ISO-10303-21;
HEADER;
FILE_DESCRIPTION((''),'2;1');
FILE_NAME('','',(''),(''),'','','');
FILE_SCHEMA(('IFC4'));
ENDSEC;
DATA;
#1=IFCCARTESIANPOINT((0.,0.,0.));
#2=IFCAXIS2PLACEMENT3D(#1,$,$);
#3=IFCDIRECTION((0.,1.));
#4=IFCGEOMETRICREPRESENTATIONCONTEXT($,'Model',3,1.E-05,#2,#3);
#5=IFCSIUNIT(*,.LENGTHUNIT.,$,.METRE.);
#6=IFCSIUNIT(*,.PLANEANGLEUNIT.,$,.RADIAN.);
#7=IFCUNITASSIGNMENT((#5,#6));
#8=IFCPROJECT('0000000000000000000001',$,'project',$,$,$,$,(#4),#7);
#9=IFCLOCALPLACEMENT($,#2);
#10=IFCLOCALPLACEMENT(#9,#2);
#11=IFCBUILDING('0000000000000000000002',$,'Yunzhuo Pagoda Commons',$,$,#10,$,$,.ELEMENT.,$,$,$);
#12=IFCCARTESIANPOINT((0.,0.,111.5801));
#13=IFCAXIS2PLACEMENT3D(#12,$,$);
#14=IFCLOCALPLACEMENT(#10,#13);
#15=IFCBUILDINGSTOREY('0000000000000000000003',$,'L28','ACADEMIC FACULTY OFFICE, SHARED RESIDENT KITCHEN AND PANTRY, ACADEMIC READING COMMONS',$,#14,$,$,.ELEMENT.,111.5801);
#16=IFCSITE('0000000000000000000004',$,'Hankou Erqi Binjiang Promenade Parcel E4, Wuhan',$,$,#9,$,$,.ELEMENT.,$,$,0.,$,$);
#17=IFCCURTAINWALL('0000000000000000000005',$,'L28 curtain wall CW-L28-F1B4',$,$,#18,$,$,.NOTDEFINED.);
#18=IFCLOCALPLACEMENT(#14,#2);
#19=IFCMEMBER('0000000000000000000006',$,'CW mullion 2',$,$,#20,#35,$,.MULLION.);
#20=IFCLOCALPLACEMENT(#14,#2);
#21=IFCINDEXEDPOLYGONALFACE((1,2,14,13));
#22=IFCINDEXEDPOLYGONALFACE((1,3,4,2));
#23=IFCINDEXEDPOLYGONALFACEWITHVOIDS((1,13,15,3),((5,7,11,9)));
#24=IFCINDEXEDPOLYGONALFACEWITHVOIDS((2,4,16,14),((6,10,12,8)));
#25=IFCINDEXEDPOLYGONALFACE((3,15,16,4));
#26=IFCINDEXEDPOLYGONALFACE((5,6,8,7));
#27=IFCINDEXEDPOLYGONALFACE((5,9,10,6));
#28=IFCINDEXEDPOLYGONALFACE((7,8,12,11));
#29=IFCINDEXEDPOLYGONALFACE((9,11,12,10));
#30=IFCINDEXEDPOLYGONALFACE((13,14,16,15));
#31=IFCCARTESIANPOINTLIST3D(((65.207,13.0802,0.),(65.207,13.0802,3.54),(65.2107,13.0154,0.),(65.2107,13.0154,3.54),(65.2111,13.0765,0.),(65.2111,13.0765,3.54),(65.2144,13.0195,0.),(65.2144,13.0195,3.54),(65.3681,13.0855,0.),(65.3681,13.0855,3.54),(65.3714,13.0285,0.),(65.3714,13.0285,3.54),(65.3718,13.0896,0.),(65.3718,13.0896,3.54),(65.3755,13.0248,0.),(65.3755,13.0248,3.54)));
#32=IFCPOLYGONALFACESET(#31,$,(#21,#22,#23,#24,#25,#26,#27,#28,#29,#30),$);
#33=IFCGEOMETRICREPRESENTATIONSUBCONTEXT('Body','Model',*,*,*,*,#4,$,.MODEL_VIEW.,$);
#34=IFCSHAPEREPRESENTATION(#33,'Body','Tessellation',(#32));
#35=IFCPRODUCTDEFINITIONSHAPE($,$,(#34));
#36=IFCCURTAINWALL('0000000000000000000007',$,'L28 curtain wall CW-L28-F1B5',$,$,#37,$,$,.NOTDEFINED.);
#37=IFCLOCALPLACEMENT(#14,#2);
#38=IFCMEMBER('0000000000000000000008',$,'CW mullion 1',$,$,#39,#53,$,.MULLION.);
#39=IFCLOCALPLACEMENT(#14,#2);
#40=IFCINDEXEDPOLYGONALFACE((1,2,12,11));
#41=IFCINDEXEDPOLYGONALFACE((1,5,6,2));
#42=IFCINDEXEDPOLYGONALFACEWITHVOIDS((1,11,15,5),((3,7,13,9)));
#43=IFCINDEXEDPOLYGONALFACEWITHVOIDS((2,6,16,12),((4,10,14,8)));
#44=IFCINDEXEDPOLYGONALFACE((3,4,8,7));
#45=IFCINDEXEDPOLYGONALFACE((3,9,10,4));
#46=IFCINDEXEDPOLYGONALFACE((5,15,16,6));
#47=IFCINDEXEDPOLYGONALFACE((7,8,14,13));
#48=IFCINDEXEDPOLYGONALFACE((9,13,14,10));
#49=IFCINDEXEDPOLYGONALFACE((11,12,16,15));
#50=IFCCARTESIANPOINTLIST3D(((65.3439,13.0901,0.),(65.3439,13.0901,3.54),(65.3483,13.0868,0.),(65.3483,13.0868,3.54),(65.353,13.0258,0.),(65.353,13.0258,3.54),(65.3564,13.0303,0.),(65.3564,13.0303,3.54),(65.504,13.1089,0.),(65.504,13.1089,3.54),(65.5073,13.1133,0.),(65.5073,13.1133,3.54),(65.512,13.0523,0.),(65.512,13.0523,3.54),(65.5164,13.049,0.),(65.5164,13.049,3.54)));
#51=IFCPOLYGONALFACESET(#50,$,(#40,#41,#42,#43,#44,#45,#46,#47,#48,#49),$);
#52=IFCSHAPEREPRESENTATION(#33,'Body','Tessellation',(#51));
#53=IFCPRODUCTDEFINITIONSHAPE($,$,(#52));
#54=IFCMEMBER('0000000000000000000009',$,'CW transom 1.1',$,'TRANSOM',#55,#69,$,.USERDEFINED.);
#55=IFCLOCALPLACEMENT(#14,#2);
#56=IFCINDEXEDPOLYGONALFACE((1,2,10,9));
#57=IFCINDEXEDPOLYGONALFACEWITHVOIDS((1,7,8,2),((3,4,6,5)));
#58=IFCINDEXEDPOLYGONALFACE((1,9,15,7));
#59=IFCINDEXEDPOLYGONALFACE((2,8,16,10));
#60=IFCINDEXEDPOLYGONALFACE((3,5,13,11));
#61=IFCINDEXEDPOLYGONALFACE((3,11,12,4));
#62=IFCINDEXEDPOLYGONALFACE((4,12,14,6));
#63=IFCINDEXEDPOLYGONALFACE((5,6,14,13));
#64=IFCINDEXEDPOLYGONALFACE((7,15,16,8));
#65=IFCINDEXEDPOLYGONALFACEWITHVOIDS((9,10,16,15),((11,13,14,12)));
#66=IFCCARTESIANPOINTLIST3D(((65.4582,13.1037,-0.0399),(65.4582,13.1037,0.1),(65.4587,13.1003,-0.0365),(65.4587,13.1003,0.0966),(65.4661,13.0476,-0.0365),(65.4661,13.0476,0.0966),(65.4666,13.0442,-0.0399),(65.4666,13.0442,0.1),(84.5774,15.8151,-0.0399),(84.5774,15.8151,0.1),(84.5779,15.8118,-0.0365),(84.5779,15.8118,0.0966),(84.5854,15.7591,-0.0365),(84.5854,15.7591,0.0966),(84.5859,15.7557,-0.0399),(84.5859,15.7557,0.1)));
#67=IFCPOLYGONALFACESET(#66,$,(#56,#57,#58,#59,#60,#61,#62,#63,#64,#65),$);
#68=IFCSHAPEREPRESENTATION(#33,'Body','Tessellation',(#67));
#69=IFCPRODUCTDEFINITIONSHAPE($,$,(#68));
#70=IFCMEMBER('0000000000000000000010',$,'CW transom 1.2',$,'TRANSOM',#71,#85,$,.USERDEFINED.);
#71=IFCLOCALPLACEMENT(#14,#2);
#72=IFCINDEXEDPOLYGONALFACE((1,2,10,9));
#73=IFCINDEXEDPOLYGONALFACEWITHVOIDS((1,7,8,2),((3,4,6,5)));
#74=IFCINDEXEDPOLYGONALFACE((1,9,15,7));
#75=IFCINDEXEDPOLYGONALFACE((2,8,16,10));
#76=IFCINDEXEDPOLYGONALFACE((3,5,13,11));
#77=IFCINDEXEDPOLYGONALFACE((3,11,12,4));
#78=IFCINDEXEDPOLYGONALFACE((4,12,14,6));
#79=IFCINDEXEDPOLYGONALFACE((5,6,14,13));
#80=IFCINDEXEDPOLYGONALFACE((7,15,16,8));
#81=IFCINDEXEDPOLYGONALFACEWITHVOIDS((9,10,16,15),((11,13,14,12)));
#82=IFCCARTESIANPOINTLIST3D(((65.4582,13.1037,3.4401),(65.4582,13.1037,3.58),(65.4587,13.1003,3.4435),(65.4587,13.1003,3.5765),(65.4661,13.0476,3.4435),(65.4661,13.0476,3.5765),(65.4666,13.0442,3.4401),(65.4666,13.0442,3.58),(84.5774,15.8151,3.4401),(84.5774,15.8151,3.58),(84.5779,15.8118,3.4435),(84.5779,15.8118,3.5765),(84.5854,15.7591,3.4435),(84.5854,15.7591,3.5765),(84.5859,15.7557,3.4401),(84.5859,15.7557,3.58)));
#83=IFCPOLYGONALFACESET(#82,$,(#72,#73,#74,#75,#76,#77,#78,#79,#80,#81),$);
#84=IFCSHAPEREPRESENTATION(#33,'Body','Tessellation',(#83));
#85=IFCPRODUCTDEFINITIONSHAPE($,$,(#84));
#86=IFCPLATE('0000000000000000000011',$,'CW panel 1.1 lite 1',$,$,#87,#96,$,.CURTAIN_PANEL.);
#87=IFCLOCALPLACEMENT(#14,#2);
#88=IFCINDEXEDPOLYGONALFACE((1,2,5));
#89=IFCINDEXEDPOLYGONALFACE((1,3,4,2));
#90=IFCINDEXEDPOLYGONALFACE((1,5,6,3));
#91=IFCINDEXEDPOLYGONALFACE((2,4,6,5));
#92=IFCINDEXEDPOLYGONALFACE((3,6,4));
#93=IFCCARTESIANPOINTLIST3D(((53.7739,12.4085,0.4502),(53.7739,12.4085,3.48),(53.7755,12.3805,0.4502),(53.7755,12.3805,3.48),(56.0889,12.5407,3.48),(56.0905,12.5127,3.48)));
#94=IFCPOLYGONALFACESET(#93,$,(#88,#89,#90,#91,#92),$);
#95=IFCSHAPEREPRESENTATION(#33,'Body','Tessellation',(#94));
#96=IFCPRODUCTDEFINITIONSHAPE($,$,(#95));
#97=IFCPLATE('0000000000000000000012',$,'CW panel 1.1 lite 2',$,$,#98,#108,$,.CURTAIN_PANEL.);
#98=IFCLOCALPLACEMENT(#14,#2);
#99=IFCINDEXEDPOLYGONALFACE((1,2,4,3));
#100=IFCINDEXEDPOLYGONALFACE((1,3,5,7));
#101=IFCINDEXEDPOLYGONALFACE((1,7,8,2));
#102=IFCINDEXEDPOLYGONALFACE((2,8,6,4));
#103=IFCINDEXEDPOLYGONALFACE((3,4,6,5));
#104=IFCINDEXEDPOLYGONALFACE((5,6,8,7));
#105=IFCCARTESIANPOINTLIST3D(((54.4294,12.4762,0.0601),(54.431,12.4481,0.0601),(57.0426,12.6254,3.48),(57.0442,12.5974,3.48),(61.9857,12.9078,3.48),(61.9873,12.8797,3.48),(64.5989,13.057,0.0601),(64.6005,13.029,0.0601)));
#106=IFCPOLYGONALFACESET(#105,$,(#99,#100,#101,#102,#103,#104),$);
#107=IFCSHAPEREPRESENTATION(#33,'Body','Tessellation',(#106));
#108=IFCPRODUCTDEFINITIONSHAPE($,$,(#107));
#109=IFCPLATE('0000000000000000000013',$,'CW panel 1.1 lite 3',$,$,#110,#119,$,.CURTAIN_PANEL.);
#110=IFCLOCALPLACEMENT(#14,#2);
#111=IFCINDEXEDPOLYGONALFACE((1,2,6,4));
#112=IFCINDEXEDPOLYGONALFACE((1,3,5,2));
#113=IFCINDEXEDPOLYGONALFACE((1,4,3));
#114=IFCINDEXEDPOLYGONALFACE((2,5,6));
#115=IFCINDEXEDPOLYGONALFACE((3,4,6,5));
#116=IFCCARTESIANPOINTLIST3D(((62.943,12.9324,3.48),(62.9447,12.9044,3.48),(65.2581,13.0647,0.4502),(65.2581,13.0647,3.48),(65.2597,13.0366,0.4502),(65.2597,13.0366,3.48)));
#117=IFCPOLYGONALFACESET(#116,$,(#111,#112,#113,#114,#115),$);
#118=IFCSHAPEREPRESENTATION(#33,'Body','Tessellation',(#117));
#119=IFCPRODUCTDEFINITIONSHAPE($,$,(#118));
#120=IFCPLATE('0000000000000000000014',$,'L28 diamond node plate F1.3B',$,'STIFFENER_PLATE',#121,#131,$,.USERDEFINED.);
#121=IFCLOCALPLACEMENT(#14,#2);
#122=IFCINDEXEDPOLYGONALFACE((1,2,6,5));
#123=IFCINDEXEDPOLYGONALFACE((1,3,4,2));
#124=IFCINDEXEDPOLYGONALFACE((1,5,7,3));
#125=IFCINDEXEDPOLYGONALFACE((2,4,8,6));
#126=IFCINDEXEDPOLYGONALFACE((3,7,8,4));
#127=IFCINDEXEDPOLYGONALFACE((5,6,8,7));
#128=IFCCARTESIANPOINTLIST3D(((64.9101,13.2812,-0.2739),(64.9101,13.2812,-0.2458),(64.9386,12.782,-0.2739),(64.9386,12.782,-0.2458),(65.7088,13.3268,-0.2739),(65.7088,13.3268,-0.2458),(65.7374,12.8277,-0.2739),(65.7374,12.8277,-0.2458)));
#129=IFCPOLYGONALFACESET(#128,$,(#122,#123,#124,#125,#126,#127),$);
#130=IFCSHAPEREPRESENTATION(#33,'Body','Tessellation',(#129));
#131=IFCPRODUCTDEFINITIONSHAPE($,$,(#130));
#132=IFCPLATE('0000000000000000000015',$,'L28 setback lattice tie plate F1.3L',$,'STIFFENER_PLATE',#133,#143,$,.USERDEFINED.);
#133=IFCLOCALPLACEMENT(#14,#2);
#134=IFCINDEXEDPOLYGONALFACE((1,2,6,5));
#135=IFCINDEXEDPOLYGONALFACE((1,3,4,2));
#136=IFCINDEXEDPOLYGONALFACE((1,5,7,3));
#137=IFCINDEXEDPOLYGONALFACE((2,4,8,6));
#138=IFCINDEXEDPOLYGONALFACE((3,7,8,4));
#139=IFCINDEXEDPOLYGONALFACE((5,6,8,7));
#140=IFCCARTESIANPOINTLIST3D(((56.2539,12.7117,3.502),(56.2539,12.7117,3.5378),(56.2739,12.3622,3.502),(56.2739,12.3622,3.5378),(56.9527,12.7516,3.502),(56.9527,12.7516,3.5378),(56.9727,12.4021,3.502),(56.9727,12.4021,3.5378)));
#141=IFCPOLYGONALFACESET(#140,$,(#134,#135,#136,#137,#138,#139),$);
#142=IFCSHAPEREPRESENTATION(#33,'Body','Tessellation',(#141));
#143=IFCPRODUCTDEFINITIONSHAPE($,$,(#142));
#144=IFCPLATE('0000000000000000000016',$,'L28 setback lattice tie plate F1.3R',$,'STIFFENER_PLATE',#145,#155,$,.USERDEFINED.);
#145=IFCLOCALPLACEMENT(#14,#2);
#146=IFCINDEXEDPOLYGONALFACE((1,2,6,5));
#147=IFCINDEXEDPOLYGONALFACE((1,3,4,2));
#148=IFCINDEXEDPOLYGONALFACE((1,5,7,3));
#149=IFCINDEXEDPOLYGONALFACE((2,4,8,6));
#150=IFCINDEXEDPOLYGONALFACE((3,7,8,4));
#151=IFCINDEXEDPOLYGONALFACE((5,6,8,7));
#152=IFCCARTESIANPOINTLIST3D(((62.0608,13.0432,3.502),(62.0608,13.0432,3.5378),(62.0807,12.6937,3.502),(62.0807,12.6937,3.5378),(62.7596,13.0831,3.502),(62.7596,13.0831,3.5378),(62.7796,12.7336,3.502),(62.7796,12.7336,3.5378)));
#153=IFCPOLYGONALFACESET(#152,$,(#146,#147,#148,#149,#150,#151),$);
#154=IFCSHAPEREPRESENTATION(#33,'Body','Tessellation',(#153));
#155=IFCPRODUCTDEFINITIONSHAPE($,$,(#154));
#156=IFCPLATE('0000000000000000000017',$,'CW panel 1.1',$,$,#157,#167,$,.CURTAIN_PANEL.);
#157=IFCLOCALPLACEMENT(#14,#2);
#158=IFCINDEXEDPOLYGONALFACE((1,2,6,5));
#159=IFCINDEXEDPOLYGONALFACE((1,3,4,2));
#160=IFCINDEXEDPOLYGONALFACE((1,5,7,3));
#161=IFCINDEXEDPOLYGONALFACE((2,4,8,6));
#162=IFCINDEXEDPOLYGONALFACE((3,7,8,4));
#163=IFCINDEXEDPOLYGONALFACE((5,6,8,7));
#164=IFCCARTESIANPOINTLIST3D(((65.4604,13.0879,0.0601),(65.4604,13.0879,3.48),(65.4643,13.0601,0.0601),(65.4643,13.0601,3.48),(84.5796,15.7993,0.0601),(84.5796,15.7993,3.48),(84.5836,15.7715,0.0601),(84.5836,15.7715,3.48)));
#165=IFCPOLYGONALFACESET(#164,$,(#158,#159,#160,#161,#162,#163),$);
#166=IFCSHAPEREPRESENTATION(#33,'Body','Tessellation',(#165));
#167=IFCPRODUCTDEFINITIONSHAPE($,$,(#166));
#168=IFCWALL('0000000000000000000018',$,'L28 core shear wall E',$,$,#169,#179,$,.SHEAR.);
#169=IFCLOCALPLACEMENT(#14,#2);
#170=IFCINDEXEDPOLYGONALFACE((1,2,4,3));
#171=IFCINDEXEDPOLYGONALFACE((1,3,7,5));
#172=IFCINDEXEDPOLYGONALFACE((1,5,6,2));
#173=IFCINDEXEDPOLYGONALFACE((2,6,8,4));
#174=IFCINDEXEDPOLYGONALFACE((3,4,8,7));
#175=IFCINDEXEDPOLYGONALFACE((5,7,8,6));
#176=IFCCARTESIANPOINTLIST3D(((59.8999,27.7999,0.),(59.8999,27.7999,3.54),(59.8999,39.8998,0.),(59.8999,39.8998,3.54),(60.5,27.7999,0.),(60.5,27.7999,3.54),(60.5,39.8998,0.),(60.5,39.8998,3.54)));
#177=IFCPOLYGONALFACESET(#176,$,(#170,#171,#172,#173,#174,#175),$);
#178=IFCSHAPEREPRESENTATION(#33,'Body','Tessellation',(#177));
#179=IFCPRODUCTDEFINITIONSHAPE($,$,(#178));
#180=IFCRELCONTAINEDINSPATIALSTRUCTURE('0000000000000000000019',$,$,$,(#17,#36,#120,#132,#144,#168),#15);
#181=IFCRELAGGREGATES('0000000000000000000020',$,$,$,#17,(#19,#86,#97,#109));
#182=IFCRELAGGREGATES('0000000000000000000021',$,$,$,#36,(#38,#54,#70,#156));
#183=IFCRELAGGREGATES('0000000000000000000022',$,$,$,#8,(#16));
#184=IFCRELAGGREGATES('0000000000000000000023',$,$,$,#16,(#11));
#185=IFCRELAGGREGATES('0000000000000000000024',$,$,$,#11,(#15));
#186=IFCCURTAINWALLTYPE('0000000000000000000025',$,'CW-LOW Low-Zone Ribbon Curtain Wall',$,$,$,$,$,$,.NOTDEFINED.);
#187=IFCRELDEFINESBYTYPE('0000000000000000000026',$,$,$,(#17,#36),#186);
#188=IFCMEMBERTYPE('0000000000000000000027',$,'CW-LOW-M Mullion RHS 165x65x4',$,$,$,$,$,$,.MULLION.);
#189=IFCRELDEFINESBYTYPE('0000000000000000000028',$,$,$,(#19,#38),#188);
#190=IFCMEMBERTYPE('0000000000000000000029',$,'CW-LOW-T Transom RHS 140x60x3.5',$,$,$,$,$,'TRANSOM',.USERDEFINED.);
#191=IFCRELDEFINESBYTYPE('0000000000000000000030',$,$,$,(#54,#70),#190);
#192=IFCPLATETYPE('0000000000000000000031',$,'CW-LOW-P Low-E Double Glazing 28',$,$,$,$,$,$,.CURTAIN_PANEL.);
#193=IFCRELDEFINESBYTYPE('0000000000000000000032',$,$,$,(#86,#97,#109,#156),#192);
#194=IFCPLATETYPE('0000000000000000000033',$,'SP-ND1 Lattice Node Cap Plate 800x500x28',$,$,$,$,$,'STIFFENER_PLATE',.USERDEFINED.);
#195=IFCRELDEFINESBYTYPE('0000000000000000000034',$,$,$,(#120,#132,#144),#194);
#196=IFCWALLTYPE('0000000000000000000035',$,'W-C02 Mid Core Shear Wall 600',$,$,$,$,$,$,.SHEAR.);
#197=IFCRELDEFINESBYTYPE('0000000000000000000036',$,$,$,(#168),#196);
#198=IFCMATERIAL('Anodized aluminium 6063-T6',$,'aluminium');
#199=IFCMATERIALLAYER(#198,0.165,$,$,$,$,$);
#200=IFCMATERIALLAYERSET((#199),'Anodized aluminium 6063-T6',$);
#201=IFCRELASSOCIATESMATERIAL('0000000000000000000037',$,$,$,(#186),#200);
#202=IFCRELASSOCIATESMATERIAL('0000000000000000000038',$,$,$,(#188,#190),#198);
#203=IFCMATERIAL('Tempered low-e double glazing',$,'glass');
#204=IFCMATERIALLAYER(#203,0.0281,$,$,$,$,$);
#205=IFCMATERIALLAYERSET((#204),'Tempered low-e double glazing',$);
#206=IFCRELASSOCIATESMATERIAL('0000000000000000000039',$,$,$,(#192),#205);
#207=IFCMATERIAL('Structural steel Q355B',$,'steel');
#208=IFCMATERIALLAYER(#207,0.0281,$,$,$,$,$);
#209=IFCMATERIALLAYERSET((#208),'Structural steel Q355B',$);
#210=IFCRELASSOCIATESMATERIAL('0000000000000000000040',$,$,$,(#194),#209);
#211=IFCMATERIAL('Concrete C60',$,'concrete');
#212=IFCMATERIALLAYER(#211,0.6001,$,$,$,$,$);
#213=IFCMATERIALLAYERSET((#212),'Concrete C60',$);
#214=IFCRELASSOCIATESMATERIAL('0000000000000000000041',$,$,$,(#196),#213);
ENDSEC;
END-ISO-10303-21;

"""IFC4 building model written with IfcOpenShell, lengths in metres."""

from ifc_helpers import new_model, si_unit, direction, frame, frame_2d, origin, origin_2d, place, context, subcontext, project, spatial, polyline, rectangle, hollow_rectangle, outline, extrude, source, transform, mapped, material, layer, layer_set, material_profile, profile_set, type_object, element, aggregate, save


model = new_model("IFC4")

# Units and contexts
model_context = context("Model", 3, precision=1e-05, world=origin(), true_north=direction((0.0, 1.0)))
body_context = subcontext(model_context, "Body", "Model", "MODEL_VIEW")
ifc_project = project(units=[si_unit("LENGTHUNIT", "METRE"), si_unit("PLANEANGLEUNIT", "RADIAN")], contexts=[model_context])

# Site, building, storey
site_placement = place(None, origin())
site = spatial("IfcSite", under=ifc_project, at=site_placement, Name="Hankou Erqi Binjiang Promenade Parcel E4, Wuhan", CompositionType="ELEMENT", RefElevation=0.0)
building_placement = place(site_placement, origin())
building = spatial("IfcBuilding", under=site, at=building_placement, Name="Yunzhuo Pagoda Commons", CompositionType="ELEMENT")
storey_placement = place(building_placement, frame((0.0, 0.0, 111.5801)))
storey = spatial("IfcBuildingStorey", under=building, at=storey_placement, Name="L28", Description="ACADEMIC FACULTY OFFICE, SHARED RESIDENT KITCHEN AND PANTRY, ACADEMIC READING COMMONS", CompositionType="ELEMENT", Elevation=111.5801)

# Shared definitions
ifc_material_1 = material(Name="Structural steel Q355B", Category="steel")

# Curtain wall, member
ifc_material_2 = material(Name="Anodized aluminium 6063-T6", Category="aluminium")
ifc_layer_1 = layer(ifc_material_2, 0.165)
ifc_layer_set_1 = layer_set([ifc_layer_1], Name="Anodized aluminium 6063-T6")
curtain_wall_type = type_object("IfcCurtainWallType", Name="CW-LOW Low-Zone Ribbon Curtain Wall", PredefinedType="NOTDEFINED", material=ifc_layer_set_1)
curtain_wall_1_placement = place(storey_placement, origin())
curtain_wall_1 = element("IfcCurtainWall", 1, at=curtain_wall_1_placement, inside=storey, type_object=curtain_wall_type, Name="L28 curtain wall CW-L28-F1B4", PredefinedType="NOTDEFINED")
ifc_material_profile_1 = material_profile(ifc_material_2, hollow_rectangle(XDim=0.0649, YDim=0.165, WallThickness=0.0039, at=origin_2d()), Name="Anodized aluminium 6063-T6")
ifc_profile_set_1 = profile_set([ifc_material_profile_1], Name="Anodized aluminium 6063-T6")
member_type_1 = type_object("IfcMemberType", Name="CW-LOW-M Mullion RHS 165x65x4", PredefinedType="MULLION", material=ifc_profile_set_1)
shared_shape_1 = source(origin(), body_context, "Body", "SweptSolid", [
    extrude(hollow_rectangle(XDim=0.0649, YDim=0.165, WallThickness=0.0039, at=origin_2d()), origin(), (0.0, 0.0, 1.0), 3.54),
])
member_1_placement = place(storey_placement, frame((65.2913, 13.0525, 0.0), z_axis=(0.0, 0.0, 1.0), x_axis=(-0.057028, 0.998373, 0.0)))
member_1 = element("IfcMember", 2, at=member_1_placement, type_object=member_type_1, Name="CW mullion 2", PredefinedType="MULLION", context=body_context, shape_type="MappedRepresentation", body=[
    mapped(shared_shape_1, transform((0.0, 0.0, 0.0), scale=1.0)),
])

# Curtain wall, members
curtain_wall_2_placement = place(storey_placement, origin())
curtain_wall_2 = element("IfcCurtainWall", 3, at=curtain_wall_2_placement, inside=storey, type_object=curtain_wall_type, Name="L28 curtain wall CW-L28-F1B5", PredefinedType="NOTDEFINED")
member_2_placement = place(storey_placement, frame((65.4302, 13.0696, 0.0), z_axis=(0.0, 0.0, 1.0), x_axis=(-0.140408, 0.990094, 0.0)))
member_2 = element("IfcMember", 4, at=member_2_placement, type_object=member_type_1, Name="CW mullion 1", PredefinedType="MULLION", context=body_context, shape_type="MappedRepresentation", body=[
    mapped(shared_shape_1, transform((0.0, 0.0, 0.0), scale=1.0)),
])
ifc_material_profile_2 = material_profile(ifc_material_2, hollow_rectangle(XDim=0.0601, YDim=0.1399, WallThickness=0.0034, at=origin_2d()), Name="Anodized aluminium 6063-T6")
ifc_profile_set_2 = profile_set([ifc_material_profile_2], Name="Anodized aluminium 6063-T6")
member_type_2 = type_object("IfcMemberType", Name="CW-LOW-T Transom RHS 140x60x3.5", ElementType="TRANSOM", PredefinedType="USERDEFINED", material=ifc_profile_set_2)
shared_shape_2 = source(origin(), body_context, "Body", "SweptSolid", [
    extrude(hollow_rectangle(XDim=0.0601, YDim=0.1399, WallThickness=0.0034, at=origin_2d()), origin(), (0.0, 0.0, 1.0), 19.3105),
])
member_3_placement = place(storey_placement, frame((65.4624, 13.074, 0.03), z_axis=(0.990093, 0.140412, 0.0), x_axis=(-0.140412, 0.990093, 0.0)))
member_3 = element("IfcMember", 5, at=member_3_placement, type_object=member_type_2, Name="CW transom 1.1", ObjectType="TRANSOM", PredefinedType="USERDEFINED", context=body_context, shape_type="MappedRepresentation", body=[
    mapped(shared_shape_2, transform((0.0, 0.0, 0.0), scale=1.0)),
])
member_4_placement = place(storey_placement, frame((65.4624, 13.074, 3.51), z_axis=(0.990093, 0.140412, 0.0), x_axis=(-0.140412, 0.990093, 0.0)))
member_4 = element("IfcMember", 6, at=member_4_placement, type_object=member_type_2, Name="CW transom 1.2", ObjectType="TRANSOM", PredefinedType="USERDEFINED", context=body_context, shape_type="MappedRepresentation", body=[
    mapped(shared_shape_2, transform((0.0, 0.0, 0.0), scale=1.0)),
])

# Plates
ifc_material_3 = material(Name="Tempered low-e double glazing", Category="glass")
ifc_layer_2 = layer(ifc_material_3, 0.0281)
ifc_layer_set_2 = layer_set([ifc_layer_2], Name="Tempered low-e double glazing")
plate_type_1 = type_object("IfcPlateType", Name="CW-LOW-P Low-E Double Glazing 28", PredefinedType="CURTAIN_PANEL", material=ifc_layer_set_2)
plate_1_placement = place(storey_placement, frame((54.9314, 12.4746, 1.9651), z_axis=(0.057028, -0.998373, 0.0), x_axis=(0.998373, 0.057028, 0.0)))
plate_1 = element("IfcPlate", 7, at=plate_1_placement, type_object=plate_type_1, Name="CW panel 1.1 lite 1", PredefinedType="CURTAIN_PANEL", context=body_context, shape_type="SweptSolid", body=[
    extrude(outline(polyline([(-1.1594, -1.5149), (1.1594, 1.5149), (-1.1594, 1.5149), (-1.1594, -1.5149)])), origin(), (0.0, 0.0, 1.0), 0.0281),
])
plate_2_placement = place(storey_placement, frame((59.5142, 12.7666, 1.77), z_axis=(0.057028, -0.998373, 0.0), x_axis=(0.998373, 0.057028, 0.0)))
plate_2 = element("IfcPlate", 8, at=plate_2_placement, type_object=plate_type_1, Name="CW panel 1.1 lite 2", PredefinedType="CURTAIN_PANEL", context=body_context, shape_type="SweptSolid", body=[
    extrude(outline(polyline([(-5.093, -1.71), (5.093, -1.71), (2.4756, 1.71), (-2.4756, 1.71), (-5.093, -1.71)])), origin(), (0.0, 0.0, 1.0), 0.0281),
])
plate_3_placement = place(storey_placement, frame((64.1006, 12.9985, 1.9651), z_axis=(0.057028, -0.998373, 0.0), x_axis=(0.998373, 0.057028, 0.0)))
plate_3 = element("IfcPlate", 9, at=plate_3_placement, type_object=plate_type_1, Name="CW panel 1.1 lite 3", PredefinedType="CURTAIN_PANEL", context=body_context, shape_type="SweptSolid", body=[
    extrude(outline(polyline([(-1.1594, 1.5149), (1.1594, -1.5149), (1.1594, 1.5149), (-1.1594, 1.5149)])), origin(), (0.0, 0.0, 1.0), 0.0281),
])
aggregate(curtain_wall_1, [member_1, plate_1, plate_2, plate_3])

# Plates
ifc_layer_3 = layer(ifc_material_1, 0.0281)
ifc_layer_set_3 = layer_set([ifc_layer_3], Name="Structural steel Q355B")
plate_type_2 = type_object("IfcPlateType", Name="SP-ND1 Lattice Node Cap Plate 800x500x28", ElementType="STIFFENER_PLATE", PredefinedType="USERDEFINED", material=ifc_layer_set_3)
shared_shape_3 = source(origin(), body_context, "Body", "SweptSolid", [
    extrude(rectangle(XDim=0.8, YDim=0.5, at=origin_2d()), origin(), (0.0, 0.0, 1.0), 0.0281),
])
plate_4_placement = place(storey_placement, frame((65.3237, 13.0544, -0.2739), z_axis=(0.0, 0.0, 1.0), x_axis=(0.998373, 0.057024, 0.0)))
element("IfcPlate", 10, at=plate_4_placement, inside=storey, type_object=plate_type_2, Name="L28 diamond node plate F1.3B", ObjectType="STIFFENER_PLATE", PredefinedType="USERDEFINED", context=body_context, shape_type="MappedRepresentation", body=[
    mapped(shared_shape_3, transform((0.0, 0.0, 0.0), scale=1.0)),
])
shared_shape_4 = source(origin(), body_context, "Body", "SweptSolid", [
    extrude(rectangle(XDim=0.7, YDim=0.3501, at=origin_2d()), origin(), (0.0, 0.0, 1.0), 0.0359),
])
for number, where, z_axis, x_axis, name in (
    (11, (56.6133, 12.5569, 3.502), (0.0, 0.0, 1.0), (0.998373, 0.057024, 0.0), "L28 setback lattice tie plate F1.3L"),
    (12, (62.4202, 12.8884, 3.502), (0.0, 0.0, 1.0), (0.998373, 0.057024, 0.0), "L28 setback lattice tie plate F1.3R"),
):
    element("IfcPlate", number, at=place(storey_placement, frame(where, z_axis=z_axis, x_axis=x_axis)), inside=storey, type_object=plate_type_2, Name=name, ObjectType="STIFFENER_PLATE", PredefinedType="USERDEFINED", context=body_context, shape_type="MappedRepresentation", body=[
        mapped(shared_shape_4, transform((0.0, 0.0, 0.0), scale=1.0)),
    ])

# Plate
shared_shape_5 = source(origin(), body_context, "Body", "SweptSolid", [
    extrude(rectangle(XDim=19.3105, YDim=0.0281, at=origin_2d()), origin(), (0.0, 0.0, 1.0), 3.4199),
])
plate_5_placement = place(storey_placement, frame((75.022, 14.4297, 0.0601), z_axis=(0.0, 0.0, 1.0), x_axis=(0.990094, 0.140408, 0.0)))
plate_5 = element("IfcPlate", 13, at=plate_5_placement, type_object=plate_type_1, Name="CW panel 1.1", PredefinedType="CURTAIN_PANEL", context=body_context, shape_type="MappedRepresentation", body=[
    mapped(shared_shape_5, transform((0.0, 0.0, 0.0), scale=1.0)),
])
aggregate(curtain_wall_2, [member_2, member_3, member_4, plate_5])

# Wall
ifc_material_4 = material(Name="Concrete C60", Category="concrete")
ifc_layer_4 = layer(ifc_material_4, 0.6001)
ifc_layer_set_4 = layer_set([ifc_layer_4], Name="Concrete C60")
wall_type_1 = type_object("IfcWallType", Name="W-C02 Mid Core Shear Wall 600", PredefinedType="SHEAR", material=ifc_layer_set_4)
wall_1_placement = place(storey_placement, frame((60.2, 27.8, 0.0), z_axis=(0.0, 0.0, 1.0), x_axis=(0.0, 1.0, 0.0)))
element("IfcWall", 14, at=wall_1_placement, inside=storey, type_object=wall_type_1, Name="L28 core shear wall E", PredefinedType="SHEAR", context=body_context, shape_type="SweptSolid", body=[
    extrude(rectangle(XDim=12.0999, YDim=0.6001, at=frame_2d((6.0498, 0.0))), origin(), (0.0, 0.0, 1.0), 3.54),
])

save(model, "model.ifc")
